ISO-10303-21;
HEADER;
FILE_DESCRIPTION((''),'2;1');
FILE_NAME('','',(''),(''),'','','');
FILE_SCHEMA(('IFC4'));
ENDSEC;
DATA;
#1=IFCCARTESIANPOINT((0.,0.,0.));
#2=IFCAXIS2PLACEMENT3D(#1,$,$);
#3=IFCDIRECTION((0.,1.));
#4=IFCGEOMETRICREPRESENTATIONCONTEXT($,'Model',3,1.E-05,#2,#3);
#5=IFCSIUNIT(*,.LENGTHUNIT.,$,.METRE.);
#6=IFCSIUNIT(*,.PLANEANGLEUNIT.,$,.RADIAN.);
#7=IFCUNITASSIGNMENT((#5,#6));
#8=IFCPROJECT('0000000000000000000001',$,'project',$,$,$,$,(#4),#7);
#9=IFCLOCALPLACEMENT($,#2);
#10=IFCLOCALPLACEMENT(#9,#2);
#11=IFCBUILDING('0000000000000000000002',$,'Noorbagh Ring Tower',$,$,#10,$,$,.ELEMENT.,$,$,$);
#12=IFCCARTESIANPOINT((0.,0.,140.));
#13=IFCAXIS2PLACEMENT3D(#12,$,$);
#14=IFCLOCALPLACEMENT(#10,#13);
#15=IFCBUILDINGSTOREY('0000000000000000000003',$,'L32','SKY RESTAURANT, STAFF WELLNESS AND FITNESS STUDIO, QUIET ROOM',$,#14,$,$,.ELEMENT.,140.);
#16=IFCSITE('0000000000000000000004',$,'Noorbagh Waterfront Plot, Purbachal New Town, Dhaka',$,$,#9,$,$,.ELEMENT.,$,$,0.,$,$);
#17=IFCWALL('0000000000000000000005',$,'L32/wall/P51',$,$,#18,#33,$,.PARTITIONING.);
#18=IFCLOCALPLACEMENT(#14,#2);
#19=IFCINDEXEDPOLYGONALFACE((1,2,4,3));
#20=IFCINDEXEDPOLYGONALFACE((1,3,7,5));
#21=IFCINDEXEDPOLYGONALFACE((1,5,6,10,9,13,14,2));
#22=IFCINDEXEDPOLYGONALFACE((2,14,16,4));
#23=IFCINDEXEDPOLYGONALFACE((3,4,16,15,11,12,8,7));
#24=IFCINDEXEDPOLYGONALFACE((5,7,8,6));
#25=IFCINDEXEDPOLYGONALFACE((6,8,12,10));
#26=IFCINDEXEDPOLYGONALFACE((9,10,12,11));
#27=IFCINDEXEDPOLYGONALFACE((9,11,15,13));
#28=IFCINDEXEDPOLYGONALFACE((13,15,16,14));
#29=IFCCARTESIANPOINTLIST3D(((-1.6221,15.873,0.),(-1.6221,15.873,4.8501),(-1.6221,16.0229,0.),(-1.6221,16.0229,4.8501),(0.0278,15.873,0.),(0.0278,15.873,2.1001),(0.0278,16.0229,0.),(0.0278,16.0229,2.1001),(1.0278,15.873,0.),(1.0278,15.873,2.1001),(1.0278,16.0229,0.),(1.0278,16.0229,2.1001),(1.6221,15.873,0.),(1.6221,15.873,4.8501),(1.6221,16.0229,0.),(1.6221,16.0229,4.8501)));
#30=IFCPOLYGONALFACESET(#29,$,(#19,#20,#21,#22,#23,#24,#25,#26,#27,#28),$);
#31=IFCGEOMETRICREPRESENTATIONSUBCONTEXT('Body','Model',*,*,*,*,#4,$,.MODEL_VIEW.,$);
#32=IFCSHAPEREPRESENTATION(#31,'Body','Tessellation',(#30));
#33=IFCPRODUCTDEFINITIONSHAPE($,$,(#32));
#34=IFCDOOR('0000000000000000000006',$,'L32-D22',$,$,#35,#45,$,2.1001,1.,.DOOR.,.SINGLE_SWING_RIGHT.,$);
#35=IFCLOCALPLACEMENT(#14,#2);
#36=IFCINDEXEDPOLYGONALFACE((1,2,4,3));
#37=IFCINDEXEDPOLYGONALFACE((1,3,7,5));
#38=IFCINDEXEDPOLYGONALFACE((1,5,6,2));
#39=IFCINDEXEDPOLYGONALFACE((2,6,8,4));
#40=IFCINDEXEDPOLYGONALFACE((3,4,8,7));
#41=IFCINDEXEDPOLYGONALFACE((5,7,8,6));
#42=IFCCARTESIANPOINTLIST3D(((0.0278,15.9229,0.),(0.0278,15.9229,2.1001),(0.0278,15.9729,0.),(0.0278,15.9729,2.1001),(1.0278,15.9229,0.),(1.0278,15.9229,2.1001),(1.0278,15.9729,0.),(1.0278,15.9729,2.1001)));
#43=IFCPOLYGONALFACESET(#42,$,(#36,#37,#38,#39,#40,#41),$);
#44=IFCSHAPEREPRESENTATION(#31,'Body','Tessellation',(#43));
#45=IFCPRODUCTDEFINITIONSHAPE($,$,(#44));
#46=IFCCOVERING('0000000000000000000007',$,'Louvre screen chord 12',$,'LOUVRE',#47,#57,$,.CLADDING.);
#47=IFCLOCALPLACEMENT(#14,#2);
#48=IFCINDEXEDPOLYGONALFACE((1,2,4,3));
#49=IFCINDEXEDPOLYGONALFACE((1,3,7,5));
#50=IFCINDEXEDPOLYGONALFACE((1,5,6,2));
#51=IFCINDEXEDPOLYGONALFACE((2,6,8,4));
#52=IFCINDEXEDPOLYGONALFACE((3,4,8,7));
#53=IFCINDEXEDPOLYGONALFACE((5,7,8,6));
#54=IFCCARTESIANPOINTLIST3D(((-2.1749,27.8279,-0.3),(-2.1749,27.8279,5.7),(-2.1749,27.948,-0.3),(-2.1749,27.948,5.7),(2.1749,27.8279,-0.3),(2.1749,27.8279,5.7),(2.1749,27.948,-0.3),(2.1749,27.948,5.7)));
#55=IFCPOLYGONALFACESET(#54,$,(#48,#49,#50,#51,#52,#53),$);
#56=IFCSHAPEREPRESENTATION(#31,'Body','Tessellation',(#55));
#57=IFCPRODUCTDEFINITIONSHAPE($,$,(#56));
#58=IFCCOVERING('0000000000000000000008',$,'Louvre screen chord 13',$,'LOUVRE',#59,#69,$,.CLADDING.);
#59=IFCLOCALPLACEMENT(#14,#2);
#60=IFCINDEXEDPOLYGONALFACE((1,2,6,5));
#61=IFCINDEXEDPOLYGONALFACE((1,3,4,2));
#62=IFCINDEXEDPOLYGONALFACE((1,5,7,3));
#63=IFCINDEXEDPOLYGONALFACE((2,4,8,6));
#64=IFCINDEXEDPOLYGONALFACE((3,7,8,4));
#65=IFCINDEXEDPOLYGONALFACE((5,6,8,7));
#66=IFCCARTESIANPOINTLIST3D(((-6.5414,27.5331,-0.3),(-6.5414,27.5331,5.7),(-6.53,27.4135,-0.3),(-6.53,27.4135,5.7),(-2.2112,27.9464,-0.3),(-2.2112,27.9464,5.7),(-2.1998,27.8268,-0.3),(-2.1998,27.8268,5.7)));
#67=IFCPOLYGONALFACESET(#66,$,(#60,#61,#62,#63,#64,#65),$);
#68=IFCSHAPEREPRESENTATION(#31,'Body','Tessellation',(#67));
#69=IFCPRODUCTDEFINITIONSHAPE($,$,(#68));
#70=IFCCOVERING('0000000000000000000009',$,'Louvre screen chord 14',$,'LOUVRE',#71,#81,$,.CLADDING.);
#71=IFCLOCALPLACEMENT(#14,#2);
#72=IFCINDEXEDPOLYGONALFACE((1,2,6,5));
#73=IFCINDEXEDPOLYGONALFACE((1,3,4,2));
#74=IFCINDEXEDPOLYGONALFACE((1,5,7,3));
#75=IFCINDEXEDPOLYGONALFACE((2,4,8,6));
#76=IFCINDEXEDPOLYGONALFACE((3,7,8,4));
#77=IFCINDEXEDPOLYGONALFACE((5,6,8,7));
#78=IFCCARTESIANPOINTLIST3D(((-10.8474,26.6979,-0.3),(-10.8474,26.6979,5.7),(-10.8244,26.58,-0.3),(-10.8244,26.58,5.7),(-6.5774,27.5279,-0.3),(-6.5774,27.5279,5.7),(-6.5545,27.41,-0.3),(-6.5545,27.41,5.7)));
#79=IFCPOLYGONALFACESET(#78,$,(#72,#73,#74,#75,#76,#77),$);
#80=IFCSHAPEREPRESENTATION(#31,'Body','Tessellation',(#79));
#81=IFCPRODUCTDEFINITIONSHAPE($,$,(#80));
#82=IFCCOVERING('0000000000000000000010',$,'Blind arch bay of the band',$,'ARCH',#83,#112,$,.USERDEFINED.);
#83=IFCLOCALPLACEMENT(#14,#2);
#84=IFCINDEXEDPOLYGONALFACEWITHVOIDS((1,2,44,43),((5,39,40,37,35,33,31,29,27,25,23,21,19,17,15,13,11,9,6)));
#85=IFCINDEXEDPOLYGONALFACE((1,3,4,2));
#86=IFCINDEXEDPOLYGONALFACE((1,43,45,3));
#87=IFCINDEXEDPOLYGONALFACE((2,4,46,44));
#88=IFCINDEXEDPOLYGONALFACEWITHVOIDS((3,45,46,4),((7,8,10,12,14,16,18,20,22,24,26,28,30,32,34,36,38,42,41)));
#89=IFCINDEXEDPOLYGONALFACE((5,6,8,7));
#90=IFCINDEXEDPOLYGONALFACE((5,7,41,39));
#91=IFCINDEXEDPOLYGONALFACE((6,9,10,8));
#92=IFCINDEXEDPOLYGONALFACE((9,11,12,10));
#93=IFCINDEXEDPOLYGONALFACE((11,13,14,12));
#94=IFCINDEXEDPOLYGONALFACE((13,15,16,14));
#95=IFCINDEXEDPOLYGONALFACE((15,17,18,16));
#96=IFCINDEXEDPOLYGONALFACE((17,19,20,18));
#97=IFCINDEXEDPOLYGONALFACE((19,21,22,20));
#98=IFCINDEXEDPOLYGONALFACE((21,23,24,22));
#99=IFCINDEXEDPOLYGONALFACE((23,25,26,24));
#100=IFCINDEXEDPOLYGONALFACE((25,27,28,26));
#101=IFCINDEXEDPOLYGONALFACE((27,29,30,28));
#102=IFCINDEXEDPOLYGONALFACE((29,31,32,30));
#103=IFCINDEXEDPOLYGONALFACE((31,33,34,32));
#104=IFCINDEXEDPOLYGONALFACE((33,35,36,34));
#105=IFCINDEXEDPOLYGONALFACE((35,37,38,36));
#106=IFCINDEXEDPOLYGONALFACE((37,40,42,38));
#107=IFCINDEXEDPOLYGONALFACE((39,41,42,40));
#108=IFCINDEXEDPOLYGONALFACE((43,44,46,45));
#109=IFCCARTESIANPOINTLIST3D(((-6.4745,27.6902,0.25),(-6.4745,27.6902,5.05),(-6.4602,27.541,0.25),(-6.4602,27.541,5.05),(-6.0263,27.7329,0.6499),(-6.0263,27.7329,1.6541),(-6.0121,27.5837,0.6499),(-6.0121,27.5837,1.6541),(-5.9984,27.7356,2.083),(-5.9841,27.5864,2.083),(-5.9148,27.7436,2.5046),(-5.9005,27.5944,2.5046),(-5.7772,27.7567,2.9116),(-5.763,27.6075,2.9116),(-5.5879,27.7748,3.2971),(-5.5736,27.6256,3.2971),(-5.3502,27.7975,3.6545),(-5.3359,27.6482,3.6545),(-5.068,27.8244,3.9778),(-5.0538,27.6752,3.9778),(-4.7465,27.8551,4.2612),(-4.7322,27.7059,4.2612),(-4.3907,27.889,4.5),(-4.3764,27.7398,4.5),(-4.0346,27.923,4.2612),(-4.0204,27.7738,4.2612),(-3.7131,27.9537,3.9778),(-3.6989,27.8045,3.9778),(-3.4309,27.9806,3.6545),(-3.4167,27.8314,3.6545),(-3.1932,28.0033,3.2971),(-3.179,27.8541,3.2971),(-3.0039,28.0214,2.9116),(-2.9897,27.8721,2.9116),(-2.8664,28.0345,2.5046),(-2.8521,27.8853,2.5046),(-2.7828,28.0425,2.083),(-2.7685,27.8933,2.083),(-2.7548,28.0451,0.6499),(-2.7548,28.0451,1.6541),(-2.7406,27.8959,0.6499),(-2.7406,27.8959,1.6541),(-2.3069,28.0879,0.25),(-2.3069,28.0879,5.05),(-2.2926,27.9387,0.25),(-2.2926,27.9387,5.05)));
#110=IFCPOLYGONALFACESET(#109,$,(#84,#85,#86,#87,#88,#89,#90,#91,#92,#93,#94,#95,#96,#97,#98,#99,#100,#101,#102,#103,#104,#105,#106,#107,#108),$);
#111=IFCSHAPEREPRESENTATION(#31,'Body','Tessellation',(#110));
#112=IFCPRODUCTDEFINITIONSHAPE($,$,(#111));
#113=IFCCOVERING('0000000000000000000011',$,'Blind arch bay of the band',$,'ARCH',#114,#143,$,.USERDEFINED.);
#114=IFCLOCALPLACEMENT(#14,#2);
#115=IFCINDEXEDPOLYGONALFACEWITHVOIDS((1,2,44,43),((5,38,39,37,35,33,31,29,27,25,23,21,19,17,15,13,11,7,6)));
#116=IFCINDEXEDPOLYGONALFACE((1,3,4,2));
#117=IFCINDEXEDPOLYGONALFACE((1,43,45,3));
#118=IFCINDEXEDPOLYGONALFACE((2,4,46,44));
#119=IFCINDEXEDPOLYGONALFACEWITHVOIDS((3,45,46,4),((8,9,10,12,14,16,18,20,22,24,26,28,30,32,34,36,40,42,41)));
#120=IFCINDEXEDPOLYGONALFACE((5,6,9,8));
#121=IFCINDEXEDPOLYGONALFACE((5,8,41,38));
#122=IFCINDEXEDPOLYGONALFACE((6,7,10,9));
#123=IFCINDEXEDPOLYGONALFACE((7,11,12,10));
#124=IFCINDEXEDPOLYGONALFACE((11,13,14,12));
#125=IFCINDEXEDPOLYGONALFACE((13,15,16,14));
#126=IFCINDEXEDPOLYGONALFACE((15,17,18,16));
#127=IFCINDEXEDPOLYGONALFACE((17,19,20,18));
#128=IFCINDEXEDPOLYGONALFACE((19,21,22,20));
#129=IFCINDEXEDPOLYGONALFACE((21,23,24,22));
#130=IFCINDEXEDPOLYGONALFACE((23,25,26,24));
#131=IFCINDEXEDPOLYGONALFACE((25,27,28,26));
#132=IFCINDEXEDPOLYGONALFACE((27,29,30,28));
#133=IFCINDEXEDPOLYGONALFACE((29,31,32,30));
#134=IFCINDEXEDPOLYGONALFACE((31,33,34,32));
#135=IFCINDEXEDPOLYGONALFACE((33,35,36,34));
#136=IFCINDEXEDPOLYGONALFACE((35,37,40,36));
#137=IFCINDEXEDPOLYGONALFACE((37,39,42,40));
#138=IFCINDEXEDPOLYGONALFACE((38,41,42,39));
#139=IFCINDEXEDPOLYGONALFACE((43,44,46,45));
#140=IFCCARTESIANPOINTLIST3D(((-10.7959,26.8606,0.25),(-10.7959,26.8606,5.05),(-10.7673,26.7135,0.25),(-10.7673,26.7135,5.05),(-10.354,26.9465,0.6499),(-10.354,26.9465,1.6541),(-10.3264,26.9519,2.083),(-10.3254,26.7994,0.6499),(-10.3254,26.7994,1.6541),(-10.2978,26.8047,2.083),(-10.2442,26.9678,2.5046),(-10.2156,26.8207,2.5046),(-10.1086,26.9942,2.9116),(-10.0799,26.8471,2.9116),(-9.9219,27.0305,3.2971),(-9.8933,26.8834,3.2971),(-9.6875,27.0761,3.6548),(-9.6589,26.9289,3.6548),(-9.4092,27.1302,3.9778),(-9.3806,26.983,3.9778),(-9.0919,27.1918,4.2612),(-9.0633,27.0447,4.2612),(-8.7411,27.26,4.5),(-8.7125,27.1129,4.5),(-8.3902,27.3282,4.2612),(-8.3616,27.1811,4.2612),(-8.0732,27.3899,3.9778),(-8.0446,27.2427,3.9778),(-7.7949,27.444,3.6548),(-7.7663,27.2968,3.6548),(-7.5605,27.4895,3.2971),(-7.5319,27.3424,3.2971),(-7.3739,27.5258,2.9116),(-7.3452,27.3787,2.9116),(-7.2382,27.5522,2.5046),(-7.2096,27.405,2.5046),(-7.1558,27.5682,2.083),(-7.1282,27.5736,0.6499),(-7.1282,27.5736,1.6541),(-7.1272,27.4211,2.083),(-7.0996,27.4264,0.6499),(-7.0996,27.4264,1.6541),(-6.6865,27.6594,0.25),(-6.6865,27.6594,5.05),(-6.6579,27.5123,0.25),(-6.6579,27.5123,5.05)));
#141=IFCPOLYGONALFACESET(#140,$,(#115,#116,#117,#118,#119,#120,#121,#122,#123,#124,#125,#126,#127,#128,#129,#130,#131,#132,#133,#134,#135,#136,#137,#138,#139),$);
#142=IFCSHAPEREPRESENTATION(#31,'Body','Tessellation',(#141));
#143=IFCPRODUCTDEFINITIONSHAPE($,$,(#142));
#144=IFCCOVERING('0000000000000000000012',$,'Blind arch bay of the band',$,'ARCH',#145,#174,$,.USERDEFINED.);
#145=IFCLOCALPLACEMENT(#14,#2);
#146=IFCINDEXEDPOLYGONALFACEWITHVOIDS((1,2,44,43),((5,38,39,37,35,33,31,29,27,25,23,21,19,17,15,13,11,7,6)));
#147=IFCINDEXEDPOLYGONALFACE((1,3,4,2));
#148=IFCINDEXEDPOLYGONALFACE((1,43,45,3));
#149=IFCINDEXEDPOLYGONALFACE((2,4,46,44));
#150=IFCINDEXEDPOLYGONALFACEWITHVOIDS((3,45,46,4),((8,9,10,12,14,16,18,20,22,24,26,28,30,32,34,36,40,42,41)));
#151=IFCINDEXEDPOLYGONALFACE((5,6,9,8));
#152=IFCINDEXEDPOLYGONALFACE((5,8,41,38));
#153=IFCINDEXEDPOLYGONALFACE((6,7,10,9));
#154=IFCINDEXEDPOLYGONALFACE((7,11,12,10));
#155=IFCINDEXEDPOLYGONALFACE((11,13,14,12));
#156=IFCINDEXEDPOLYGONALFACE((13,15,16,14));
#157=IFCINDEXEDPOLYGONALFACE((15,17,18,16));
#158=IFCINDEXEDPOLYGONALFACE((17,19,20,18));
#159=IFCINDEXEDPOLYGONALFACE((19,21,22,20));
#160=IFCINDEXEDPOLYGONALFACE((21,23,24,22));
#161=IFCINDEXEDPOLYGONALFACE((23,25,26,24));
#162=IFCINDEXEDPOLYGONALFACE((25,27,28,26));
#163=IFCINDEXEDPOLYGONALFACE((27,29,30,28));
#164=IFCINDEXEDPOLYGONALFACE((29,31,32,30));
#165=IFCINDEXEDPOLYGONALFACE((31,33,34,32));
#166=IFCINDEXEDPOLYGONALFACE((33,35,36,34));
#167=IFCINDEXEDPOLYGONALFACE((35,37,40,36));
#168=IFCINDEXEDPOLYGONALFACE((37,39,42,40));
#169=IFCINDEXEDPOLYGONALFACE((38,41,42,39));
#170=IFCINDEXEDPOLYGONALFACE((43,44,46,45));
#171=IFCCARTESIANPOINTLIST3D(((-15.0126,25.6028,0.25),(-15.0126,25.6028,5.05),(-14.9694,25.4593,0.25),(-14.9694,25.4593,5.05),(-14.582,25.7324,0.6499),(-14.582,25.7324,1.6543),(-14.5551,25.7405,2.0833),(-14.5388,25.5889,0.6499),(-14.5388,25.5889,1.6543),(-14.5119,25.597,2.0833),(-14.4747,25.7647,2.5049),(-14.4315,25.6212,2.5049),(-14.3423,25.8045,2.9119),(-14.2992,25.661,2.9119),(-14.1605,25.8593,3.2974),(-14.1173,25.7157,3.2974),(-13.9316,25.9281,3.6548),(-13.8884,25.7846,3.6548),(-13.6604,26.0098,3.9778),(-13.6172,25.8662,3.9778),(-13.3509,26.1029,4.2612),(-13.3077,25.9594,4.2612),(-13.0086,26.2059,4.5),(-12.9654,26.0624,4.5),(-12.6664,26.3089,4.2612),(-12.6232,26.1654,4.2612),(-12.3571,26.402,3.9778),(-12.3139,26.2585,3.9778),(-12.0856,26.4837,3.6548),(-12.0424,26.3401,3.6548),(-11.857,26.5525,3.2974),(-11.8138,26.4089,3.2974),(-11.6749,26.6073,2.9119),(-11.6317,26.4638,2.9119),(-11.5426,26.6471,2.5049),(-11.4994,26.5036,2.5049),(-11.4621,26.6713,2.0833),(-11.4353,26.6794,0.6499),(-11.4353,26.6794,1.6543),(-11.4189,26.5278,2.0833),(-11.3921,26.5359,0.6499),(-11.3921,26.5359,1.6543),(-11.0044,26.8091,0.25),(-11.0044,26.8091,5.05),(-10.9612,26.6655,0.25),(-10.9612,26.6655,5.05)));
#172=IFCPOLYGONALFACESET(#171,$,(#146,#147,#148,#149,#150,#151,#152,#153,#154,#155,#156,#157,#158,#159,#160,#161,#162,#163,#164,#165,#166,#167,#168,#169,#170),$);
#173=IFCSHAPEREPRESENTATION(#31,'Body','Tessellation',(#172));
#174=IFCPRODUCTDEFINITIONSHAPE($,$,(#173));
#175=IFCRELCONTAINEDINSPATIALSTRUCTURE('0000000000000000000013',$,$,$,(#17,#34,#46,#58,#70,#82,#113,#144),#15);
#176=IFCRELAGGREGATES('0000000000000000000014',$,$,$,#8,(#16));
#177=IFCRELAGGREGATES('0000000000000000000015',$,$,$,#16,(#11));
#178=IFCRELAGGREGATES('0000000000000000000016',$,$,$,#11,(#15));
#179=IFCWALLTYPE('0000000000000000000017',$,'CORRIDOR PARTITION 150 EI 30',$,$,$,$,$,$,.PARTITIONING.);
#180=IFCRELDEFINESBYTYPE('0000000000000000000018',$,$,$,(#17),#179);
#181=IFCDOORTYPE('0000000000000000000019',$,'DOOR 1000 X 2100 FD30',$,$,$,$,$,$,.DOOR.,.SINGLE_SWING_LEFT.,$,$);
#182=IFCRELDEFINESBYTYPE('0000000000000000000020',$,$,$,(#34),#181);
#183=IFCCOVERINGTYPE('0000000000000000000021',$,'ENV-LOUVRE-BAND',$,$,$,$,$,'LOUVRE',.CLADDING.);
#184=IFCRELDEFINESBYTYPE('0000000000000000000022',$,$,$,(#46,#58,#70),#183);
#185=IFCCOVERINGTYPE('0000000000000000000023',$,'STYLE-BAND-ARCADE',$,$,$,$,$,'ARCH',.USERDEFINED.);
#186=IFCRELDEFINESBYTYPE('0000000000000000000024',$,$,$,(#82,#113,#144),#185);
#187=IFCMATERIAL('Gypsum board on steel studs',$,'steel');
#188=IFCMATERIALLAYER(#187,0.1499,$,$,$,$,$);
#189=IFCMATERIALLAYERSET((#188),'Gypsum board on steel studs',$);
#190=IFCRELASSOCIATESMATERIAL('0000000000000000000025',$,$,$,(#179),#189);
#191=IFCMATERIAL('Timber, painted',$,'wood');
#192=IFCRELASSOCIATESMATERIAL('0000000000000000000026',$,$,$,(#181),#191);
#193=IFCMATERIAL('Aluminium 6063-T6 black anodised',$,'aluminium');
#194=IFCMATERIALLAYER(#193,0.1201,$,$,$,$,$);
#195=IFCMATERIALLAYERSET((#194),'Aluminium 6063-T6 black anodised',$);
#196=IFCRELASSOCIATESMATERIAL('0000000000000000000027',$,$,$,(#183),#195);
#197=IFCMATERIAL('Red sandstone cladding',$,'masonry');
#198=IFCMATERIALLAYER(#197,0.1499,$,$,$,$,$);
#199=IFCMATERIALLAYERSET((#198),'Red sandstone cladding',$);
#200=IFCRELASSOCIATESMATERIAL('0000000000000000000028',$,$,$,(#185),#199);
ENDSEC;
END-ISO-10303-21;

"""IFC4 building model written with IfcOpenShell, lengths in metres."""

from ifc_helpers import new_model, si_unit, direction, frame, frame_2d, origin, origin_2d, place, context, subcontext, project, spatial, polyline, rectangle, outline, extrude, material, layer, layer_set, type_object, element, fill, save


model = new_model("IFC4")

# Units and contexts
model_context = context("Model", 3, precision=1e-05, world=origin(), true_north=direction((0.0, 1.0)))
body_context = subcontext(model_context, "Body", "Model", "MODEL_VIEW")
ifc_project = project(units=[si_unit("LENGTHUNIT", "METRE"), si_unit("PLANEANGLEUNIT", "RADIAN")], contexts=[model_context])

# Site, building, storey
site_placement = place(None, origin())
site = spatial("IfcSite", under=ifc_project, at=site_placement, Name="Noorbagh Waterfront Plot, Purbachal New Town, Dhaka", CompositionType="ELEMENT", RefElevation=0.0)
building_placement = place(site_placement, origin())
building = spatial("IfcBuilding", under=site, at=building_placement, Name="Noorbagh Ring Tower", CompositionType="ELEMENT")
storey_placement = place(building_placement, frame((0.0, 0.0, 140.0)))
storey = spatial("IfcBuildingStorey", under=building, at=storey_placement, Name="L32", Description="SKY RESTAURANT, STAFF WELLNESS AND FITNESS STUDIO, QUIET ROOM", CompositionType="ELEMENT", Elevation=140.0)

# Shared definitions
ifc_material_1 = material(Name="Gypsum board on steel studs", Category="steel")
ifc_layer_1 = layer(ifc_material_1, 0.1499)
ifc_layer_set_1 = layer_set([ifc_layer_1], Name="Gypsum board on steel studs")
wall_type = type_object("IfcWallType", Name="CORRIDOR PARTITION 150 EI 30", PredefinedType="PARTITIONING", material=ifc_layer_set_1)

# Shared definitions
ifc_material_2 = material(Name="Timber, painted", Category="wood")
door_type = type_object("IfcDoorType", Name="DOOR 1000 X 2100 FD30", OperationType="SINGLE_SWING_LEFT", PredefinedType="DOOR", material=ifc_material_2)

# Wall, opening, door
wall_1_placement = place(storey_placement, frame((-1.6221, 15.948, 0.0), z_axis=(0.0, 0.0, 1.0), x_axis=(1.0, 0.0, 0.0)))
wall_1 = element("IfcWall", 1, at=wall_1_placement, inside=storey, type_object=wall_type, Name="L32/wall/P51", PredefinedType="PARTITIONING", context=body_context, shape_type="SweptSolid", body=[
    extrude(rectangle(XDim=3.2441, YDim=0.1499, at=frame_2d((1.6221, 0.0))), origin(), (0.0, 0.0, 1.0), 4.8501),
])
opening_1_placement = place(wall_1_placement, frame((1.6499, 0.0, 0.0)))
opening_1 = element("IfcOpeningElement", 2, at=opening_1_placement, cuts=wall_1, PredefinedType="OPENING", context=body_context, shape_type="SweptSolid", body=[
    extrude(rectangle(XDim=1.0, YDim=2.1001, at=frame_2d((0.5, 1.05))), frame((0.0, 0.085, 0.0), z_axis=(0.0, -1.0, 0.0), x_axis=(1.0, 0.0, 0.0)), (0.0, 0.0, 1.0), 0.1699),
])
door_1_placement = place(opening_1_placement, origin())
door_1 = element("IfcDoor", 3, at=door_1_placement, inside=storey, type_object=door_type, Name="L32-D22", OperationType="SINGLE_SWING_RIGHT", OverallHeight=2.1001, OverallWidth=1.0, PredefinedType="DOOR", context=body_context, shape_type="SweptSolid", body=[
    extrude(rectangle(XDim=1.0, YDim=2.1001, at=frame_2d((0.5, 1.05))), frame((0.0, 0.0249, 0.0), z_axis=(0.0, -1.0, 0.0), x_axis=(1.0, 0.0, 0.0)), (0.0, 0.0, 1.0), 0.05),
])
fill(opening_1, door_1)

# Coverings
ifc_material_3 = material(Name="Aluminium 6063-T6 black anodised", Category="aluminium")
ifc_layer_2 = layer(ifc_material_3, 0.1201)
ifc_layer_set_2 = layer_set([ifc_layer_2], Name="Aluminium 6063-T6 black anodised")
covering_type_1 = type_object("IfcCoveringType", Name="ENV-LOUVRE-BAND", ElementType="LOUVRE", PredefinedType="CLADDING", material=ifc_layer_set_2)
for number, where, z_axis, x_axis, name in (
    (4, (0.0, 27.8879, -0.3), (0.0, 0.0, 1.0), (-1.0, 0.0, 0.0), "Louvre screen chord 12"),
    (5, (-4.3706, 27.6799, -0.3), (0.0, 0.0, 1.0), (-0.995476, -0.095008, 0.0), "Louvre screen chord 13"),
    (6, (-8.7009, 27.054, -0.3), (0.0, 0.0, 1.0), (-0.981625, -0.19082, 0.0), "Louvre screen chord 14"),
):
    element("IfcCovering", number, at=place(storey_placement, frame(where, z_axis=z_axis, x_axis=x_axis)), inside=storey, type_object=covering_type_1, Name=name, ObjectType="LOUVRE", PredefinedType="CLADDING", context=body_context, shape_type="SweptSolid", body=[
        extrude(rectangle(XDim=4.3499, YDim=0.1201, at=origin_2d()), origin(), (0.0, 0.0, 1.0), 6.0),
    ])
ifc_material_4 = material(Name="Red sandstone cladding", Category="masonry")
ifc_layer_3 = layer(ifc_material_4, 0.1499)
ifc_layer_set_3 = layer_set([ifc_layer_3], Name="Red sandstone cladding")
covering_type_2 = type_object("IfcCoveringType", Name="STYLE-BAND-ARCADE", ElementType="ARCH", PredefinedType="USERDEFINED", material=ifc_layer_set_3)
covering_1_placement = place(storey_placement, frame((-2.3069, 28.0879, 0.25), z_axis=(-0.094999, 0.995477, 0.0), x_axis=(-0.995477, -0.094999, 0.0)))
element("IfcCovering", 7, at=covering_1_placement, inside=storey, type_object=covering_type_2, Name="Blind arch bay of the band", ObjectType="ARCH", PredefinedType="USERDEFINED", context=body_context, shape_type="SweptSolid", body=[
    extrude(outline(polyline([(0.0, 0.0), (4.1865, 0.0), (4.1865, 4.8), (0.0, 4.8), (0.0, 0.0)]), holes=[polyline([(0.45, 0.3999), (0.45, 1.4041), (0.478, 1.833), (0.562, 2.2546), (0.7002, 2.6616), (0.8904, 3.0471), (1.1292, 3.4045), (1.4126, 3.7278), (1.7356, 4.0112), (2.0933, 4.25), (2.4507, 4.0112), (2.7737, 3.7278), (3.0571, 3.4045), (3.2959, 3.0471), (3.4861, 2.6616), (3.6243, 2.2546), (3.7083, 1.833), (3.7363, 1.4041), (3.7363, 0.3999), (0.45, 0.3999)])]), origin(), (0.0, 0.0, -1.0), 0.1499),
])
covering_2_placement = place(storey_placement, frame((-6.6865, 27.6594, 0.25), z_axis=(-0.19082, 0.981625, 0.0), x_axis=(-0.981625, -0.19082, 0.0)))
element("IfcCovering", 8, at=covering_2_placement, inside=storey, type_object=covering_type_2, Name="Blind arch bay of the band", ObjectType="ARCH", PredefinedType="USERDEFINED", context=body_context, shape_type="SweptSolid", body=[
    extrude(outline(polyline([(0.0, 0.0), (4.1863, 0.0), (4.1863, 4.8), (0.0, 4.8), (0.0, 0.0)]), holes=[polyline([(0.45, 0.3999), (0.45, 1.4041), (0.478, 1.833), (0.562, 2.2546), (0.7002, 2.6616), (0.8904, 3.0471), (1.1292, 3.4048), (1.4126, 3.7278), (1.7356, 4.0112), (2.093, 4.25), (2.4504, 4.0112), (2.7737, 3.7278), (3.0571, 3.4048), (3.2959, 3.0471), (3.4861, 2.6616), (3.6243, 2.2546), (3.708, 1.833), (3.7361, 1.4041), (3.7361, 0.3999), (0.45, 0.3999)])]), origin(), (0.0, 0.0, -1.0), 0.1499),
])
covering_3_placement = place(storey_placement, frame((-11.0044, 26.8091, 0.25), z_axis=(-0.288183, 0.957575, 0.0), x_axis=(-0.957575, -0.288183, 0.0)))
element("IfcCovering", 9, at=covering_3_placement, inside=storey, type_object=covering_type_2, Name="Blind arch bay of the band", ObjectType="ARCH", PredefinedType="USERDEFINED", context=body_context, shape_type="SweptSolid", body=[
    extrude(outline(polyline([(0.0, 0.0), (4.1858, 0.0), (4.1858, 4.8), (0.0, 4.8), (0.0, 0.0)]), holes=[polyline([(0.45, 0.3999), (0.45, 1.4043), (0.478, 1.8333), (0.562, 2.2549), (0.7002, 2.6619), (0.8904, 3.0474), (1.1292, 3.4048), (1.4126, 3.7278), (1.7356, 4.0112), (2.093, 4.25), (2.4504, 4.0112), (2.7737, 3.7278), (3.0569, 3.4048), (3.2959, 3.0474), (3.4858, 2.6619), (3.624, 2.2549), (3.708, 1.8333), (3.7361, 1.4043), (3.7361, 0.3999), (0.45, 0.3999)])]), origin(), (0.0, 0.0, -1.0), 0.1499),
])

save(model, "model.ifc")
